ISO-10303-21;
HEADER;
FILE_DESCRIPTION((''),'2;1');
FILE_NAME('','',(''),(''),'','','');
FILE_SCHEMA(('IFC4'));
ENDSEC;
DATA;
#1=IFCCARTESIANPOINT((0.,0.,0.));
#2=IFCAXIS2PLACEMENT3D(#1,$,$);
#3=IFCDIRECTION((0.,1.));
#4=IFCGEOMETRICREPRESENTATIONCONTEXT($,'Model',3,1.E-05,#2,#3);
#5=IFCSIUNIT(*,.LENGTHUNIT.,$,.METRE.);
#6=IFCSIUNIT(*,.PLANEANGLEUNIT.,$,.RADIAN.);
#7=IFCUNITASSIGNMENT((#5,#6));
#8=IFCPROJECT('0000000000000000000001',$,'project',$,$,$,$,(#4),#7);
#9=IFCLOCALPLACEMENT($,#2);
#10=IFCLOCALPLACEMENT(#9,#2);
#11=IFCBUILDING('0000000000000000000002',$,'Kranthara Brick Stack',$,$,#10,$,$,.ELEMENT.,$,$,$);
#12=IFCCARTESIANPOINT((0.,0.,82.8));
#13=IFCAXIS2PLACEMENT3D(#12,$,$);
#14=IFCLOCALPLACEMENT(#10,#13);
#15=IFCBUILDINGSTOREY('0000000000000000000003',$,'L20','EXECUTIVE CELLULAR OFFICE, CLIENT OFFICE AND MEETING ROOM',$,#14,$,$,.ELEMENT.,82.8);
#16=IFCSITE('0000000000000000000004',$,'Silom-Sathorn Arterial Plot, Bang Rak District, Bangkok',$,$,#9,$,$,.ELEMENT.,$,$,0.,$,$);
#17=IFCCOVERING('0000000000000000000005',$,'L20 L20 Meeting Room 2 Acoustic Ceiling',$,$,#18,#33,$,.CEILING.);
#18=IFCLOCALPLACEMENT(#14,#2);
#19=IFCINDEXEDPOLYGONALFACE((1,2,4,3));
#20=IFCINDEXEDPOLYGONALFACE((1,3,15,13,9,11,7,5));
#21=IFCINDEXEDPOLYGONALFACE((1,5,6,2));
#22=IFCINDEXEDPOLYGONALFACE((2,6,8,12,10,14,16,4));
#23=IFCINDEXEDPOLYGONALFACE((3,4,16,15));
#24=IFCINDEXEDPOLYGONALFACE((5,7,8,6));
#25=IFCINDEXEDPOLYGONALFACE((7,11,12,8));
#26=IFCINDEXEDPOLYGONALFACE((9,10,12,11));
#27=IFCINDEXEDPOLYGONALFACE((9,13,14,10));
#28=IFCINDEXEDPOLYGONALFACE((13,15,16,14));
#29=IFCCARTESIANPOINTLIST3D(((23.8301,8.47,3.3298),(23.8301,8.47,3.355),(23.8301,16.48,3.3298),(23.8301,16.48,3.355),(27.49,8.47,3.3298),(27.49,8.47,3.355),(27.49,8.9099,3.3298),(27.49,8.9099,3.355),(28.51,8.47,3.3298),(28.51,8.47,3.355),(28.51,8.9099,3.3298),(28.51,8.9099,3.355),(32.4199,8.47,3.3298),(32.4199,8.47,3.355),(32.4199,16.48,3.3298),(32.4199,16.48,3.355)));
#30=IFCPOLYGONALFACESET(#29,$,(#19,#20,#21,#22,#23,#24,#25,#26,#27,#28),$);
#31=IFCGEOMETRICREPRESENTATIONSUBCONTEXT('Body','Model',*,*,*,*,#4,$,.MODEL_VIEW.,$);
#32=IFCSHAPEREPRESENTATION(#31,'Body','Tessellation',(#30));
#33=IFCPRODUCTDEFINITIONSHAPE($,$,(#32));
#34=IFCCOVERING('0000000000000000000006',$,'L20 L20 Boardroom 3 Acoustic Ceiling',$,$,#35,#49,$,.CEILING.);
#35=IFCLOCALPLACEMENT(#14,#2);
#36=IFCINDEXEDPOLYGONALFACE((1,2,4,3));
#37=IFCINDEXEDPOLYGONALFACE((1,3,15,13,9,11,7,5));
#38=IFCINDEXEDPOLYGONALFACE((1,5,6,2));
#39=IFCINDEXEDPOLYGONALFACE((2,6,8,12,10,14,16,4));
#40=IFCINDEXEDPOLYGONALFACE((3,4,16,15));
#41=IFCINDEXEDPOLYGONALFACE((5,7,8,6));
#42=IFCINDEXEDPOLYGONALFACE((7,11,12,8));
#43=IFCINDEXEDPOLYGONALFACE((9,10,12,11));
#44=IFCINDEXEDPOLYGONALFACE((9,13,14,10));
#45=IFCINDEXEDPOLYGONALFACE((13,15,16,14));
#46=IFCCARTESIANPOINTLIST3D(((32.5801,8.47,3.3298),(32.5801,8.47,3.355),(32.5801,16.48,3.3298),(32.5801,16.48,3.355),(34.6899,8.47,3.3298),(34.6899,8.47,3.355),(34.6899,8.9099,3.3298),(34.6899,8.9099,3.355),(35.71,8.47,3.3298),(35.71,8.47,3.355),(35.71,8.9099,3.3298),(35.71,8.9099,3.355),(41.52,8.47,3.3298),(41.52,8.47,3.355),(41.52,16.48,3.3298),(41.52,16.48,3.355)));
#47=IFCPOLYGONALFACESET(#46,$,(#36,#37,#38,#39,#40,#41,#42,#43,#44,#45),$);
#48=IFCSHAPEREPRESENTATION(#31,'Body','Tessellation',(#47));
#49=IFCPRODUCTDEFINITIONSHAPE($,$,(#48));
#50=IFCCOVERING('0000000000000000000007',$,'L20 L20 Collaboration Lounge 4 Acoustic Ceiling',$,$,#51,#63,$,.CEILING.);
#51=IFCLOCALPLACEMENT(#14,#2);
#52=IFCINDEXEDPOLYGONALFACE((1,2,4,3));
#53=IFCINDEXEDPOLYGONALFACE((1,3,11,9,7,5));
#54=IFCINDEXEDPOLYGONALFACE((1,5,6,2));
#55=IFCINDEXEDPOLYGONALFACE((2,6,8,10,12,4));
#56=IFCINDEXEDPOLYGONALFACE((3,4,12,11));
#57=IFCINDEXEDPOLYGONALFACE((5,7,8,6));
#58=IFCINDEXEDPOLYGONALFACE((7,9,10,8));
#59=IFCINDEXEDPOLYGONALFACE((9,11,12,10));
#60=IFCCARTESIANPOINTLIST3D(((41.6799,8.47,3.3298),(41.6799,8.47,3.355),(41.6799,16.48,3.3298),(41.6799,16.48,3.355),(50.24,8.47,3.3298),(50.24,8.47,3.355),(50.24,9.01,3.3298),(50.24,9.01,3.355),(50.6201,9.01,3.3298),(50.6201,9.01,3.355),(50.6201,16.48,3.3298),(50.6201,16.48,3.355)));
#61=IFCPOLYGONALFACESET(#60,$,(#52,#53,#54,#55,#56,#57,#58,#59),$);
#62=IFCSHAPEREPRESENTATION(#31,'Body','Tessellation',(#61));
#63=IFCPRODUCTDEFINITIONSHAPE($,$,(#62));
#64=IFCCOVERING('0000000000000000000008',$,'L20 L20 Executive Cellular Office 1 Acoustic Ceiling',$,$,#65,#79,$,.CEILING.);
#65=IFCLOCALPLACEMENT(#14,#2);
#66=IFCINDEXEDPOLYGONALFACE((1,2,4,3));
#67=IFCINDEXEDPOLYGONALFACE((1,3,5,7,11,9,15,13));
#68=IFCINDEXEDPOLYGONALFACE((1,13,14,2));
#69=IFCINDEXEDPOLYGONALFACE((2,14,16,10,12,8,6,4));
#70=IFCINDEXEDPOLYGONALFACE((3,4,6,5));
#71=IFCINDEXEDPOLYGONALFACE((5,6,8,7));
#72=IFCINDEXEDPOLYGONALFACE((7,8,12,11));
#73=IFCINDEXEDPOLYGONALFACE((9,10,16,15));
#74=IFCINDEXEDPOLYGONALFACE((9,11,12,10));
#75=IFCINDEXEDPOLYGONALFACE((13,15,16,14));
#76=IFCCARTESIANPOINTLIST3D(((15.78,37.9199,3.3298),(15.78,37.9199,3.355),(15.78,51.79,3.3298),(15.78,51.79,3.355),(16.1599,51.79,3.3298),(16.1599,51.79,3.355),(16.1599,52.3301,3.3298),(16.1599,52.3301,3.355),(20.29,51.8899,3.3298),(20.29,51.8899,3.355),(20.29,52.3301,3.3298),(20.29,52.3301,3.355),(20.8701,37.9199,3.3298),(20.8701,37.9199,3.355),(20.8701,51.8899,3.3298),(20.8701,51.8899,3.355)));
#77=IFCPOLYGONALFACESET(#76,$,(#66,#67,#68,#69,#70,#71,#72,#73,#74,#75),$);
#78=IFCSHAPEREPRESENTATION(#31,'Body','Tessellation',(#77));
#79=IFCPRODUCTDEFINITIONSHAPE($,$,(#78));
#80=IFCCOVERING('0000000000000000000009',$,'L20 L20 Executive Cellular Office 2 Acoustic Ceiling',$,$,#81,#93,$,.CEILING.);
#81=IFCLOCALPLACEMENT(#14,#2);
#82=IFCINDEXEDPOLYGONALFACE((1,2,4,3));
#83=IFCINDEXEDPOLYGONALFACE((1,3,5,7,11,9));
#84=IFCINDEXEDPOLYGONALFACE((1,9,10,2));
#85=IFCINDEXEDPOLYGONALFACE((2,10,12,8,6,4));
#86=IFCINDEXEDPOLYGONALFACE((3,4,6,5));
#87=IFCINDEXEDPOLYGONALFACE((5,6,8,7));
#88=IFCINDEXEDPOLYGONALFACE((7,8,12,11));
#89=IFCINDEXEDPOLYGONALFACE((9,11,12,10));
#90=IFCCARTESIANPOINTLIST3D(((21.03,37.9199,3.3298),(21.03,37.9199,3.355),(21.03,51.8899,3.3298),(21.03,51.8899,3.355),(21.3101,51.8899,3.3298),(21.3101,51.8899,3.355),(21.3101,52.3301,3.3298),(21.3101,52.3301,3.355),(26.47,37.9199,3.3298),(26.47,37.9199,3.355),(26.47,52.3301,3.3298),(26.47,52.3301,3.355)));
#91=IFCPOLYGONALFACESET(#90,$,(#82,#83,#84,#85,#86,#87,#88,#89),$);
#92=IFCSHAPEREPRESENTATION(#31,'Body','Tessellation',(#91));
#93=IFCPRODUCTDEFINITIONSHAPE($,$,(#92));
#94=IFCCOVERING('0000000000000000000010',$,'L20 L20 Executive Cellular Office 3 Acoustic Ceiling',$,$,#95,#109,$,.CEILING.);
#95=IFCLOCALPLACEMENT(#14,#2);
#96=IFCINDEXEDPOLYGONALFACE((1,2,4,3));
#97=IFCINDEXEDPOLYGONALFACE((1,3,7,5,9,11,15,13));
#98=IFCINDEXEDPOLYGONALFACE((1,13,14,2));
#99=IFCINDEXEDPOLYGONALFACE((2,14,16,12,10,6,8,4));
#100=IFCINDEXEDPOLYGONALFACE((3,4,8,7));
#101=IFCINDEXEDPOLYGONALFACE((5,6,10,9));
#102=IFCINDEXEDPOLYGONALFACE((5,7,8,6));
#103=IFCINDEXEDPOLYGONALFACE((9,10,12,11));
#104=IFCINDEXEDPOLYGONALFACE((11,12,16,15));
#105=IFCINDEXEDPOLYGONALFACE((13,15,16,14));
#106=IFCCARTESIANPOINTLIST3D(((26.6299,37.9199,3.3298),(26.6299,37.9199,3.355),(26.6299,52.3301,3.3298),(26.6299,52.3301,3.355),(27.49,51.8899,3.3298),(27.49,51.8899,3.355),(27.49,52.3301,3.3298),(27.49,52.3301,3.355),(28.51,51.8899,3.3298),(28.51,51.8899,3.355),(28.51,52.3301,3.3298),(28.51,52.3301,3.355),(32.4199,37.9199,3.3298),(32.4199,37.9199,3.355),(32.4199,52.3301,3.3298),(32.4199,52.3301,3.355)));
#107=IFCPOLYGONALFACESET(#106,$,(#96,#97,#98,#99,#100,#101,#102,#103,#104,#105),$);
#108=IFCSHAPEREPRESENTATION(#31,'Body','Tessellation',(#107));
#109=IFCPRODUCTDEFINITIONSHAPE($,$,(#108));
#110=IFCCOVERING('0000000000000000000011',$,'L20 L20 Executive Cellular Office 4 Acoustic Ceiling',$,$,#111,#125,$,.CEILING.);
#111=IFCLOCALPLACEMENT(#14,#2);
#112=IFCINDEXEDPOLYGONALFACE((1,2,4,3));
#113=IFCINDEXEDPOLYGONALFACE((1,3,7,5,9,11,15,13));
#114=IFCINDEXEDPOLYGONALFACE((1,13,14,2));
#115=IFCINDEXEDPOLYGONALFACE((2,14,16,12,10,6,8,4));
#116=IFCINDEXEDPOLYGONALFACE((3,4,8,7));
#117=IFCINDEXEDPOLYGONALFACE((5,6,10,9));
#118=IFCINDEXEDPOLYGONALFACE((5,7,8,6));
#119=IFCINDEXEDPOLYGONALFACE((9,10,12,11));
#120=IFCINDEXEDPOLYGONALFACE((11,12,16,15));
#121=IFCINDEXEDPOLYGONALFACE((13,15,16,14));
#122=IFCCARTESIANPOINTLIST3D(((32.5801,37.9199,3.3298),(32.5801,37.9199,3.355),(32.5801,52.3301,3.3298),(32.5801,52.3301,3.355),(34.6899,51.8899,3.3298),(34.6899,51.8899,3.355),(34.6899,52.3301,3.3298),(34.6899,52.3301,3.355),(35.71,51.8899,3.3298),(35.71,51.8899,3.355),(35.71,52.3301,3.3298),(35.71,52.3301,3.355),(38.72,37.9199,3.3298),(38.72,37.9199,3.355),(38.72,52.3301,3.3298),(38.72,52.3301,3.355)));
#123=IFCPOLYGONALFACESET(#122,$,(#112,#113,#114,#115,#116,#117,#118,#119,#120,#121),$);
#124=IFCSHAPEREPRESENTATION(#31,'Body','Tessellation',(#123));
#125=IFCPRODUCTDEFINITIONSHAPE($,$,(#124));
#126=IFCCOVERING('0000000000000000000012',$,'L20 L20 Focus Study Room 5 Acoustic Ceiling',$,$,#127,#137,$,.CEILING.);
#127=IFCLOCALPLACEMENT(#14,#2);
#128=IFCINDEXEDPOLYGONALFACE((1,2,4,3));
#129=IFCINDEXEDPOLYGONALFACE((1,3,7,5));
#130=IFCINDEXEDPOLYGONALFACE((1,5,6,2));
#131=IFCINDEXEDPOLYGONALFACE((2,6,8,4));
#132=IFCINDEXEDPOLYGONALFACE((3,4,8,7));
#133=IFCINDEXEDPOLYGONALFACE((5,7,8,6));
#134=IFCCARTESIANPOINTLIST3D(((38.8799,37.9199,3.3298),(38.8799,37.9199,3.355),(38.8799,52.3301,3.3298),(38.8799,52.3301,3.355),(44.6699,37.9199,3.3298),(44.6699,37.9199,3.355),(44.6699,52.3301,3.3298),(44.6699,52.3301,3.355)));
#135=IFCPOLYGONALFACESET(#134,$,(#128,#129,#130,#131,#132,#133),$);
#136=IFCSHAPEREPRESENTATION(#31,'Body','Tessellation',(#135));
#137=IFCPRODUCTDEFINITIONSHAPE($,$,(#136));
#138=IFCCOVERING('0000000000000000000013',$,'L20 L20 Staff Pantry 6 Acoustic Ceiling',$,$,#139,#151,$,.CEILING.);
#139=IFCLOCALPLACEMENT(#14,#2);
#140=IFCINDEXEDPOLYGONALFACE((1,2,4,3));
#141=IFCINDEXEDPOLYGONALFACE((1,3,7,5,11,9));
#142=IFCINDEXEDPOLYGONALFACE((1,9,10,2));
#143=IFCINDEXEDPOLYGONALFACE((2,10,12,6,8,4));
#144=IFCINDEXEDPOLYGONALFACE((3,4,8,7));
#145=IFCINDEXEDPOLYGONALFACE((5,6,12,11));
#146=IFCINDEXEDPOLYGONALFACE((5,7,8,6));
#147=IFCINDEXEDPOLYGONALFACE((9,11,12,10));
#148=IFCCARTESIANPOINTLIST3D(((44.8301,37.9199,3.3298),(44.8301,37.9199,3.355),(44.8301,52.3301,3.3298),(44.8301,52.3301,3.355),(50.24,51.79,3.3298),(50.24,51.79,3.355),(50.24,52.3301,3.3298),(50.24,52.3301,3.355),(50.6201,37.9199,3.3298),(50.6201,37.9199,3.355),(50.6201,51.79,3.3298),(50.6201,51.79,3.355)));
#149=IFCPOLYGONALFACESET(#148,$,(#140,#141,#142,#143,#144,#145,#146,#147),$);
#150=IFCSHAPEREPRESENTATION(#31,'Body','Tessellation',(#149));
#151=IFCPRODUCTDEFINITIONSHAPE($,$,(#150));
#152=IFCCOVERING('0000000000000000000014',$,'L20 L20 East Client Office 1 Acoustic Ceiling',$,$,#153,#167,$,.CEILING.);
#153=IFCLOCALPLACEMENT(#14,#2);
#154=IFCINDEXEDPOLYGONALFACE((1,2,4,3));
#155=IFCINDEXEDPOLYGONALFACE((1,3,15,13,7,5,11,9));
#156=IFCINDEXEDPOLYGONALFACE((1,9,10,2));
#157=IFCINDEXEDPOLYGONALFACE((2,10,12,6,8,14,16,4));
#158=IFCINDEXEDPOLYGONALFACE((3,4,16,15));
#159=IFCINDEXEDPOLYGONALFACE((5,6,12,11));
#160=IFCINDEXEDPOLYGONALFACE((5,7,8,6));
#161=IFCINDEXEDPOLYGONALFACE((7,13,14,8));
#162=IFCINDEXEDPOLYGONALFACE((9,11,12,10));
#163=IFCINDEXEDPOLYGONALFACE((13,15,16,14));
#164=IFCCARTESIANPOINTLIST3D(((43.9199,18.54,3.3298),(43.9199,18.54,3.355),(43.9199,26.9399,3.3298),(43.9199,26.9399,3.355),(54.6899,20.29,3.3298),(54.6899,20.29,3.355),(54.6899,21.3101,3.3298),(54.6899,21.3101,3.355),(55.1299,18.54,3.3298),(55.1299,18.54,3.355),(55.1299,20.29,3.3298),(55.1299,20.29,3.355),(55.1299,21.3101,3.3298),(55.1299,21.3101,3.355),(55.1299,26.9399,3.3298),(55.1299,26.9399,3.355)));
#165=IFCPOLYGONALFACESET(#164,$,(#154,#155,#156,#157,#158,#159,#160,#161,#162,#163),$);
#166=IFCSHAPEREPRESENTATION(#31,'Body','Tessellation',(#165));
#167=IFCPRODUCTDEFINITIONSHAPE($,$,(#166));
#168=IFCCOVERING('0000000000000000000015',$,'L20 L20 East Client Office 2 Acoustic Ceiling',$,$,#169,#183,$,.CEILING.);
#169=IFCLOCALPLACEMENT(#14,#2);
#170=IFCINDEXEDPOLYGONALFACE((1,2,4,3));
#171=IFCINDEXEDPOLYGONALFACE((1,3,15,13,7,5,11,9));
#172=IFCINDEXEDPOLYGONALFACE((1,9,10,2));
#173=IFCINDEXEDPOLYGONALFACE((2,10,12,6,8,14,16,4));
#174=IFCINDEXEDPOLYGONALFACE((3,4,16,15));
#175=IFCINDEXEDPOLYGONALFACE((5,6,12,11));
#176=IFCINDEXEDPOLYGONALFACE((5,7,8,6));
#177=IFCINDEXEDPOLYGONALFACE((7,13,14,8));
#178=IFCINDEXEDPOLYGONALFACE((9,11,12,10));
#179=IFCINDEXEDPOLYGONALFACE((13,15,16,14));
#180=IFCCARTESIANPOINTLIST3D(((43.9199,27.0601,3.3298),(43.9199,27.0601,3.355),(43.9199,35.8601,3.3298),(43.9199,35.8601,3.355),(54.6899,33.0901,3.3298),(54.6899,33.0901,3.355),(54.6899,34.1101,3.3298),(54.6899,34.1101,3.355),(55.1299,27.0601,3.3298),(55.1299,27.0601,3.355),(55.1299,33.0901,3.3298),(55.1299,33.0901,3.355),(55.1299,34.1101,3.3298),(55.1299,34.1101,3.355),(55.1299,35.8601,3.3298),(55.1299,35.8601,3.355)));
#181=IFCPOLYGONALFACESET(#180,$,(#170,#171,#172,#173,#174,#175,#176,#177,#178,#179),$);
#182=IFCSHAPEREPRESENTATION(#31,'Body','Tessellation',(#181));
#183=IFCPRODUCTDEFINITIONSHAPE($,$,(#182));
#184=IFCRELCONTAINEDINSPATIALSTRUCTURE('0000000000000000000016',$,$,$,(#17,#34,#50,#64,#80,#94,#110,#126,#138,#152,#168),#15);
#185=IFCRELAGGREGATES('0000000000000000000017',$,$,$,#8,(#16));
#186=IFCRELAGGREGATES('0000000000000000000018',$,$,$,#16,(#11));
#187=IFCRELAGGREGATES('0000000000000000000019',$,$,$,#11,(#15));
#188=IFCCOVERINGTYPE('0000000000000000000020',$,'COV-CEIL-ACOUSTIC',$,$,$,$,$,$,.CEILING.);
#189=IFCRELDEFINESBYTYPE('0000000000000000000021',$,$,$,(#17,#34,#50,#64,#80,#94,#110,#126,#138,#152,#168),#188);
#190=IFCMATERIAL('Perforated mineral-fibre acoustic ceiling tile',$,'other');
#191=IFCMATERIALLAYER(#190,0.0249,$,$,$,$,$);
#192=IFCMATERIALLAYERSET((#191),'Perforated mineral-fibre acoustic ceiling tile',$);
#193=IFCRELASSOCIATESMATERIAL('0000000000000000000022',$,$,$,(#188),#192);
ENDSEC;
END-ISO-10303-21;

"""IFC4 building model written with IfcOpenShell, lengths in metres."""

from ifc_helpers import new_model, si_unit, direction, frame, origin, place, context, subcontext, project, spatial, polyline, outline, extrude, material, layer, layer_set, type_object, element, save


model = new_model("IFC4")

# Units and contexts
model_context = context("Model", 3, precision=1e-05, world=origin(), true_north=direction((0.0, 1.0)))
body_context = subcontext(model_context, "Body", "Model", "MODEL_VIEW")
ifc_project = project(units=[si_unit("LENGTHUNIT", "METRE"), si_unit("PLANEANGLEUNIT", "RADIAN")], contexts=[model_context])

# Site, building, storey
site_placement = place(None, origin())
site = spatial("IfcSite", under=ifc_project, at=site_placement, Name="Silom-Sathorn Arterial Plot, Bang Rak District, Bangkok", CompositionType="ELEMENT", RefElevation=0.0)
building_placement = place(site_placement, origin())
building = spatial("IfcBuilding", under=site, at=building_placement, Name="Kranthara Brick Stack", CompositionType="ELEMENT")
storey_placement = place(building_placement, frame((0.0, 0.0, 82.8)))
storey = spatial("IfcBuildingStorey", under=building, at=storey_placement, Name="L20", Description="EXECUTIVE CELLULAR OFFICE, CLIENT OFFICE AND MEETING ROOM", CompositionType="ELEMENT", Elevation=82.8)

# Coverings
ifc_material_1 = material(Name="Perforated mineral-fibre acoustic ceiling tile", Category="other")
ifc_layer_1 = layer(ifc_material_1, 0.0249)
ifc_layer_set_1 = layer_set([ifc_layer_1], Name="Perforated mineral-fibre acoustic ceiling tile")
covering_type_1 = type_object("IfcCoveringType", Name="COV-CEIL-ACOUSTIC", PredefinedType="CEILING", material=ifc_layer_set_1)
covering_1_placement = place(storey_placement, frame((0.0, 0.0, 3.3298)))
element("IfcCovering", 1, at=covering_1_placement, inside=storey, type_object=covering_type_1, Name="L20 L20 Meeting Room 2 Acoustic Ceiling", PredefinedType="CEILING", context=body_context, shape_type="SweptSolid", body=[
    extrude(outline(polyline([(23.8301, 8.47), (23.8301, 16.48), (32.4199, 16.48), (32.4199, 8.47), (28.51, 8.47), (28.51, 8.9099), (27.49, 8.9099), (27.49, 8.47), (23.8301, 8.47)])), origin(), (0.0, 0.0, 1.0), 0.0251),
])
covering_2_placement = place(storey_placement, frame((0.0, 0.0, 3.3298)))
element("IfcCovering", 2, at=covering_2_placement, inside=storey, type_object=covering_type_1, Name="L20 L20 Boardroom 3 Acoustic Ceiling", PredefinedType="CEILING", context=body_context, shape_type="SweptSolid", body=[
    extrude(outline(polyline([(32.5801, 8.47), (32.5801, 16.48), (41.52, 16.48), (41.52, 8.47), (35.71, 8.47), (35.71, 8.9099), (34.6899, 8.9099), (34.6899, 8.47), (32.5801, 8.47)])), origin(), (0.0, 0.0, 1.0), 0.0251),
])
covering_3_placement = place(storey_placement, frame((0.0, 0.0, 3.3298)))
element("IfcCovering", 3, at=covering_3_placement, inside=storey, type_object=covering_type_1, Name="L20 L20 Collaboration Lounge 4 Acoustic Ceiling", PredefinedType="CEILING", context=body_context, shape_type="SweptSolid", body=[
    extrude(outline(polyline([(41.6799, 8.47), (41.6799, 16.48), (50.6201, 16.48), (50.6201, 9.01), (50.24, 9.01), (50.24, 8.47), (41.6799, 8.47)])), origin(), (0.0, 0.0, 1.0), 0.0251),
])
covering_4_placement = place(storey_placement, frame((0.0, 0.0, 3.3298)))
element("IfcCovering", 4, at=covering_4_placement, inside=storey, type_object=covering_type_1, Name="L20 L20 Executive Cellular Office 1 Acoustic Ceiling", PredefinedType="CEILING", context=body_context, shape_type="SweptSolid", body=[
    extrude(outline(polyline([(20.8701, 37.9199), (15.78, 37.9199), (15.78, 51.79), (16.1599, 51.79), (16.1599, 52.3301), (20.29, 52.3301), (20.29, 51.8899), (20.8701, 51.8899), (20.8701, 37.9199)])), origin(), (0.0, 0.0, 1.0), 0.0251),
])
covering_5_placement = place(storey_placement, frame((0.0, 0.0, 3.3298)))
element("IfcCovering", 5, at=covering_5_placement, inside=storey, type_object=covering_type_1, Name="L20 L20 Executive Cellular Office 2 Acoustic Ceiling", PredefinedType="CEILING", context=body_context, shape_type="SweptSolid", body=[
    extrude(outline(polyline([(26.47, 52.3301), (26.47, 37.9199), (21.03, 37.9199), (21.03, 51.8899), (21.3101, 51.8899), (21.3101, 52.3301), (26.47, 52.3301)])), origin(), (0.0, 0.0, 1.0), 0.0251),
])
covering_6_placement = place(storey_placement, frame((0.0, 0.0, 3.3298)))
element("IfcCovering", 6, at=covering_6_placement, inside=storey, type_object=covering_type_1, Name="L20 L20 Executive Cellular Office 3 Acoustic Ceiling", PredefinedType="CEILING", context=body_context, shape_type="SweptSolid", body=[
    extrude(outline(polyline([(32.4199, 52.3301), (32.4199, 37.9199), (26.6299, 37.9199), (26.6299, 52.3301), (27.49, 52.3301), (27.49, 51.8899), (28.51, 51.8899), (28.51, 52.3301), (32.4199, 52.3301)])), origin(), (0.0, 0.0, 1.0), 0.0251),
])
covering_7_placement = place(storey_placement, frame((0.0, 0.0, 3.3298)))
element("IfcCovering", 7, at=covering_7_placement, inside=storey, type_object=covering_type_1, Name="L20 L20 Executive Cellular Office 4 Acoustic Ceiling", PredefinedType="CEILING", context=body_context, shape_type="SweptSolid", body=[
    extrude(outline(polyline([(38.72, 52.3301), (38.72, 37.9199), (32.5801, 37.9199), (32.5801, 52.3301), (34.6899, 52.3301), (34.6899, 51.8899), (35.71, 51.8899), (35.71, 52.3301), (38.72, 52.3301)])), origin(), (0.0, 0.0, 1.0), 0.0251),
])
covering_8_placement = place(storey_placement, frame((0.0, 0.0, 3.3298)))
element("IfcCovering", 8, at=covering_8_placement, inside=storey, type_object=covering_type_1, Name="L20 L20 Focus Study Room 5 Acoustic Ceiling", PredefinedType="CEILING", context=body_context, shape_type="SweptSolid", body=[
    extrude(outline(polyline([(44.6699, 37.9199), (44.6699, 52.3301), (38.8799, 52.3301), (38.8799, 37.9199), (44.6699, 37.9199)])), origin(), (0.0, 0.0, 1.0), 0.0251),
])
covering_9_placement = place(storey_placement, frame((0.0, 0.0, 3.3298)))
element("IfcCovering", 9, at=covering_9_placement, inside=storey, type_object=covering_type_1, Name="L20 L20 Staff Pantry 6 Acoustic Ceiling", PredefinedType="CEILING", context=body_context, shape_type="SweptSolid", body=[
    extrude(outline(polyline([(50.6201, 37.9199), (44.8301, 37.9199), (44.8301, 52.3301), (50.24, 52.3301), (50.24, 51.79), (50.6201, 51.79), (50.6201, 37.9199)])), origin(), (0.0, 0.0, 1.0), 0.0251),
])
covering_10_placement = place(storey_placement, frame((0.0, 0.0, 3.3298)))
element("IfcCovering", 10, at=covering_10_placement, inside=storey, type_object=covering_type_1, Name="L20 L20 East Client Office 1 Acoustic Ceiling", PredefinedType="CEILING", context=body_context, shape_type="SweptSolid", body=[
    extrude(outline(polyline([(55.1299, 18.54), (43.9199, 18.54), (43.9199, 26.9399), (55.1299, 26.9399), (55.1299, 21.3101), (54.6899, 21.3101), (54.6899, 20.29), (55.1299, 20.29), (55.1299, 18.54)])), origin(), (0.0, 0.0, 1.0), 0.0251),
])
covering_11_placement = place(storey_placement, frame((0.0, 0.0, 3.3298)))
element("IfcCovering", 11, at=covering_11_placement, inside=storey, type_object=covering_type_1, Name="L20 L20 East Client Office 2 Acoustic Ceiling", PredefinedType="CEILING", context=body_context, shape_type="SweptSolid", body=[
    extrude(outline(polyline([(55.1299, 27.0601), (43.9199, 27.0601), (43.9199, 35.8601), (55.1299, 35.8601), (55.1299, 34.1101), (54.6899, 34.1101), (54.6899, 33.0901), (55.1299, 33.0901), (55.1299, 27.0601)])), origin(), (0.0, 0.0, 1.0), 0.0251),
])

save(model, "model.ifc")
